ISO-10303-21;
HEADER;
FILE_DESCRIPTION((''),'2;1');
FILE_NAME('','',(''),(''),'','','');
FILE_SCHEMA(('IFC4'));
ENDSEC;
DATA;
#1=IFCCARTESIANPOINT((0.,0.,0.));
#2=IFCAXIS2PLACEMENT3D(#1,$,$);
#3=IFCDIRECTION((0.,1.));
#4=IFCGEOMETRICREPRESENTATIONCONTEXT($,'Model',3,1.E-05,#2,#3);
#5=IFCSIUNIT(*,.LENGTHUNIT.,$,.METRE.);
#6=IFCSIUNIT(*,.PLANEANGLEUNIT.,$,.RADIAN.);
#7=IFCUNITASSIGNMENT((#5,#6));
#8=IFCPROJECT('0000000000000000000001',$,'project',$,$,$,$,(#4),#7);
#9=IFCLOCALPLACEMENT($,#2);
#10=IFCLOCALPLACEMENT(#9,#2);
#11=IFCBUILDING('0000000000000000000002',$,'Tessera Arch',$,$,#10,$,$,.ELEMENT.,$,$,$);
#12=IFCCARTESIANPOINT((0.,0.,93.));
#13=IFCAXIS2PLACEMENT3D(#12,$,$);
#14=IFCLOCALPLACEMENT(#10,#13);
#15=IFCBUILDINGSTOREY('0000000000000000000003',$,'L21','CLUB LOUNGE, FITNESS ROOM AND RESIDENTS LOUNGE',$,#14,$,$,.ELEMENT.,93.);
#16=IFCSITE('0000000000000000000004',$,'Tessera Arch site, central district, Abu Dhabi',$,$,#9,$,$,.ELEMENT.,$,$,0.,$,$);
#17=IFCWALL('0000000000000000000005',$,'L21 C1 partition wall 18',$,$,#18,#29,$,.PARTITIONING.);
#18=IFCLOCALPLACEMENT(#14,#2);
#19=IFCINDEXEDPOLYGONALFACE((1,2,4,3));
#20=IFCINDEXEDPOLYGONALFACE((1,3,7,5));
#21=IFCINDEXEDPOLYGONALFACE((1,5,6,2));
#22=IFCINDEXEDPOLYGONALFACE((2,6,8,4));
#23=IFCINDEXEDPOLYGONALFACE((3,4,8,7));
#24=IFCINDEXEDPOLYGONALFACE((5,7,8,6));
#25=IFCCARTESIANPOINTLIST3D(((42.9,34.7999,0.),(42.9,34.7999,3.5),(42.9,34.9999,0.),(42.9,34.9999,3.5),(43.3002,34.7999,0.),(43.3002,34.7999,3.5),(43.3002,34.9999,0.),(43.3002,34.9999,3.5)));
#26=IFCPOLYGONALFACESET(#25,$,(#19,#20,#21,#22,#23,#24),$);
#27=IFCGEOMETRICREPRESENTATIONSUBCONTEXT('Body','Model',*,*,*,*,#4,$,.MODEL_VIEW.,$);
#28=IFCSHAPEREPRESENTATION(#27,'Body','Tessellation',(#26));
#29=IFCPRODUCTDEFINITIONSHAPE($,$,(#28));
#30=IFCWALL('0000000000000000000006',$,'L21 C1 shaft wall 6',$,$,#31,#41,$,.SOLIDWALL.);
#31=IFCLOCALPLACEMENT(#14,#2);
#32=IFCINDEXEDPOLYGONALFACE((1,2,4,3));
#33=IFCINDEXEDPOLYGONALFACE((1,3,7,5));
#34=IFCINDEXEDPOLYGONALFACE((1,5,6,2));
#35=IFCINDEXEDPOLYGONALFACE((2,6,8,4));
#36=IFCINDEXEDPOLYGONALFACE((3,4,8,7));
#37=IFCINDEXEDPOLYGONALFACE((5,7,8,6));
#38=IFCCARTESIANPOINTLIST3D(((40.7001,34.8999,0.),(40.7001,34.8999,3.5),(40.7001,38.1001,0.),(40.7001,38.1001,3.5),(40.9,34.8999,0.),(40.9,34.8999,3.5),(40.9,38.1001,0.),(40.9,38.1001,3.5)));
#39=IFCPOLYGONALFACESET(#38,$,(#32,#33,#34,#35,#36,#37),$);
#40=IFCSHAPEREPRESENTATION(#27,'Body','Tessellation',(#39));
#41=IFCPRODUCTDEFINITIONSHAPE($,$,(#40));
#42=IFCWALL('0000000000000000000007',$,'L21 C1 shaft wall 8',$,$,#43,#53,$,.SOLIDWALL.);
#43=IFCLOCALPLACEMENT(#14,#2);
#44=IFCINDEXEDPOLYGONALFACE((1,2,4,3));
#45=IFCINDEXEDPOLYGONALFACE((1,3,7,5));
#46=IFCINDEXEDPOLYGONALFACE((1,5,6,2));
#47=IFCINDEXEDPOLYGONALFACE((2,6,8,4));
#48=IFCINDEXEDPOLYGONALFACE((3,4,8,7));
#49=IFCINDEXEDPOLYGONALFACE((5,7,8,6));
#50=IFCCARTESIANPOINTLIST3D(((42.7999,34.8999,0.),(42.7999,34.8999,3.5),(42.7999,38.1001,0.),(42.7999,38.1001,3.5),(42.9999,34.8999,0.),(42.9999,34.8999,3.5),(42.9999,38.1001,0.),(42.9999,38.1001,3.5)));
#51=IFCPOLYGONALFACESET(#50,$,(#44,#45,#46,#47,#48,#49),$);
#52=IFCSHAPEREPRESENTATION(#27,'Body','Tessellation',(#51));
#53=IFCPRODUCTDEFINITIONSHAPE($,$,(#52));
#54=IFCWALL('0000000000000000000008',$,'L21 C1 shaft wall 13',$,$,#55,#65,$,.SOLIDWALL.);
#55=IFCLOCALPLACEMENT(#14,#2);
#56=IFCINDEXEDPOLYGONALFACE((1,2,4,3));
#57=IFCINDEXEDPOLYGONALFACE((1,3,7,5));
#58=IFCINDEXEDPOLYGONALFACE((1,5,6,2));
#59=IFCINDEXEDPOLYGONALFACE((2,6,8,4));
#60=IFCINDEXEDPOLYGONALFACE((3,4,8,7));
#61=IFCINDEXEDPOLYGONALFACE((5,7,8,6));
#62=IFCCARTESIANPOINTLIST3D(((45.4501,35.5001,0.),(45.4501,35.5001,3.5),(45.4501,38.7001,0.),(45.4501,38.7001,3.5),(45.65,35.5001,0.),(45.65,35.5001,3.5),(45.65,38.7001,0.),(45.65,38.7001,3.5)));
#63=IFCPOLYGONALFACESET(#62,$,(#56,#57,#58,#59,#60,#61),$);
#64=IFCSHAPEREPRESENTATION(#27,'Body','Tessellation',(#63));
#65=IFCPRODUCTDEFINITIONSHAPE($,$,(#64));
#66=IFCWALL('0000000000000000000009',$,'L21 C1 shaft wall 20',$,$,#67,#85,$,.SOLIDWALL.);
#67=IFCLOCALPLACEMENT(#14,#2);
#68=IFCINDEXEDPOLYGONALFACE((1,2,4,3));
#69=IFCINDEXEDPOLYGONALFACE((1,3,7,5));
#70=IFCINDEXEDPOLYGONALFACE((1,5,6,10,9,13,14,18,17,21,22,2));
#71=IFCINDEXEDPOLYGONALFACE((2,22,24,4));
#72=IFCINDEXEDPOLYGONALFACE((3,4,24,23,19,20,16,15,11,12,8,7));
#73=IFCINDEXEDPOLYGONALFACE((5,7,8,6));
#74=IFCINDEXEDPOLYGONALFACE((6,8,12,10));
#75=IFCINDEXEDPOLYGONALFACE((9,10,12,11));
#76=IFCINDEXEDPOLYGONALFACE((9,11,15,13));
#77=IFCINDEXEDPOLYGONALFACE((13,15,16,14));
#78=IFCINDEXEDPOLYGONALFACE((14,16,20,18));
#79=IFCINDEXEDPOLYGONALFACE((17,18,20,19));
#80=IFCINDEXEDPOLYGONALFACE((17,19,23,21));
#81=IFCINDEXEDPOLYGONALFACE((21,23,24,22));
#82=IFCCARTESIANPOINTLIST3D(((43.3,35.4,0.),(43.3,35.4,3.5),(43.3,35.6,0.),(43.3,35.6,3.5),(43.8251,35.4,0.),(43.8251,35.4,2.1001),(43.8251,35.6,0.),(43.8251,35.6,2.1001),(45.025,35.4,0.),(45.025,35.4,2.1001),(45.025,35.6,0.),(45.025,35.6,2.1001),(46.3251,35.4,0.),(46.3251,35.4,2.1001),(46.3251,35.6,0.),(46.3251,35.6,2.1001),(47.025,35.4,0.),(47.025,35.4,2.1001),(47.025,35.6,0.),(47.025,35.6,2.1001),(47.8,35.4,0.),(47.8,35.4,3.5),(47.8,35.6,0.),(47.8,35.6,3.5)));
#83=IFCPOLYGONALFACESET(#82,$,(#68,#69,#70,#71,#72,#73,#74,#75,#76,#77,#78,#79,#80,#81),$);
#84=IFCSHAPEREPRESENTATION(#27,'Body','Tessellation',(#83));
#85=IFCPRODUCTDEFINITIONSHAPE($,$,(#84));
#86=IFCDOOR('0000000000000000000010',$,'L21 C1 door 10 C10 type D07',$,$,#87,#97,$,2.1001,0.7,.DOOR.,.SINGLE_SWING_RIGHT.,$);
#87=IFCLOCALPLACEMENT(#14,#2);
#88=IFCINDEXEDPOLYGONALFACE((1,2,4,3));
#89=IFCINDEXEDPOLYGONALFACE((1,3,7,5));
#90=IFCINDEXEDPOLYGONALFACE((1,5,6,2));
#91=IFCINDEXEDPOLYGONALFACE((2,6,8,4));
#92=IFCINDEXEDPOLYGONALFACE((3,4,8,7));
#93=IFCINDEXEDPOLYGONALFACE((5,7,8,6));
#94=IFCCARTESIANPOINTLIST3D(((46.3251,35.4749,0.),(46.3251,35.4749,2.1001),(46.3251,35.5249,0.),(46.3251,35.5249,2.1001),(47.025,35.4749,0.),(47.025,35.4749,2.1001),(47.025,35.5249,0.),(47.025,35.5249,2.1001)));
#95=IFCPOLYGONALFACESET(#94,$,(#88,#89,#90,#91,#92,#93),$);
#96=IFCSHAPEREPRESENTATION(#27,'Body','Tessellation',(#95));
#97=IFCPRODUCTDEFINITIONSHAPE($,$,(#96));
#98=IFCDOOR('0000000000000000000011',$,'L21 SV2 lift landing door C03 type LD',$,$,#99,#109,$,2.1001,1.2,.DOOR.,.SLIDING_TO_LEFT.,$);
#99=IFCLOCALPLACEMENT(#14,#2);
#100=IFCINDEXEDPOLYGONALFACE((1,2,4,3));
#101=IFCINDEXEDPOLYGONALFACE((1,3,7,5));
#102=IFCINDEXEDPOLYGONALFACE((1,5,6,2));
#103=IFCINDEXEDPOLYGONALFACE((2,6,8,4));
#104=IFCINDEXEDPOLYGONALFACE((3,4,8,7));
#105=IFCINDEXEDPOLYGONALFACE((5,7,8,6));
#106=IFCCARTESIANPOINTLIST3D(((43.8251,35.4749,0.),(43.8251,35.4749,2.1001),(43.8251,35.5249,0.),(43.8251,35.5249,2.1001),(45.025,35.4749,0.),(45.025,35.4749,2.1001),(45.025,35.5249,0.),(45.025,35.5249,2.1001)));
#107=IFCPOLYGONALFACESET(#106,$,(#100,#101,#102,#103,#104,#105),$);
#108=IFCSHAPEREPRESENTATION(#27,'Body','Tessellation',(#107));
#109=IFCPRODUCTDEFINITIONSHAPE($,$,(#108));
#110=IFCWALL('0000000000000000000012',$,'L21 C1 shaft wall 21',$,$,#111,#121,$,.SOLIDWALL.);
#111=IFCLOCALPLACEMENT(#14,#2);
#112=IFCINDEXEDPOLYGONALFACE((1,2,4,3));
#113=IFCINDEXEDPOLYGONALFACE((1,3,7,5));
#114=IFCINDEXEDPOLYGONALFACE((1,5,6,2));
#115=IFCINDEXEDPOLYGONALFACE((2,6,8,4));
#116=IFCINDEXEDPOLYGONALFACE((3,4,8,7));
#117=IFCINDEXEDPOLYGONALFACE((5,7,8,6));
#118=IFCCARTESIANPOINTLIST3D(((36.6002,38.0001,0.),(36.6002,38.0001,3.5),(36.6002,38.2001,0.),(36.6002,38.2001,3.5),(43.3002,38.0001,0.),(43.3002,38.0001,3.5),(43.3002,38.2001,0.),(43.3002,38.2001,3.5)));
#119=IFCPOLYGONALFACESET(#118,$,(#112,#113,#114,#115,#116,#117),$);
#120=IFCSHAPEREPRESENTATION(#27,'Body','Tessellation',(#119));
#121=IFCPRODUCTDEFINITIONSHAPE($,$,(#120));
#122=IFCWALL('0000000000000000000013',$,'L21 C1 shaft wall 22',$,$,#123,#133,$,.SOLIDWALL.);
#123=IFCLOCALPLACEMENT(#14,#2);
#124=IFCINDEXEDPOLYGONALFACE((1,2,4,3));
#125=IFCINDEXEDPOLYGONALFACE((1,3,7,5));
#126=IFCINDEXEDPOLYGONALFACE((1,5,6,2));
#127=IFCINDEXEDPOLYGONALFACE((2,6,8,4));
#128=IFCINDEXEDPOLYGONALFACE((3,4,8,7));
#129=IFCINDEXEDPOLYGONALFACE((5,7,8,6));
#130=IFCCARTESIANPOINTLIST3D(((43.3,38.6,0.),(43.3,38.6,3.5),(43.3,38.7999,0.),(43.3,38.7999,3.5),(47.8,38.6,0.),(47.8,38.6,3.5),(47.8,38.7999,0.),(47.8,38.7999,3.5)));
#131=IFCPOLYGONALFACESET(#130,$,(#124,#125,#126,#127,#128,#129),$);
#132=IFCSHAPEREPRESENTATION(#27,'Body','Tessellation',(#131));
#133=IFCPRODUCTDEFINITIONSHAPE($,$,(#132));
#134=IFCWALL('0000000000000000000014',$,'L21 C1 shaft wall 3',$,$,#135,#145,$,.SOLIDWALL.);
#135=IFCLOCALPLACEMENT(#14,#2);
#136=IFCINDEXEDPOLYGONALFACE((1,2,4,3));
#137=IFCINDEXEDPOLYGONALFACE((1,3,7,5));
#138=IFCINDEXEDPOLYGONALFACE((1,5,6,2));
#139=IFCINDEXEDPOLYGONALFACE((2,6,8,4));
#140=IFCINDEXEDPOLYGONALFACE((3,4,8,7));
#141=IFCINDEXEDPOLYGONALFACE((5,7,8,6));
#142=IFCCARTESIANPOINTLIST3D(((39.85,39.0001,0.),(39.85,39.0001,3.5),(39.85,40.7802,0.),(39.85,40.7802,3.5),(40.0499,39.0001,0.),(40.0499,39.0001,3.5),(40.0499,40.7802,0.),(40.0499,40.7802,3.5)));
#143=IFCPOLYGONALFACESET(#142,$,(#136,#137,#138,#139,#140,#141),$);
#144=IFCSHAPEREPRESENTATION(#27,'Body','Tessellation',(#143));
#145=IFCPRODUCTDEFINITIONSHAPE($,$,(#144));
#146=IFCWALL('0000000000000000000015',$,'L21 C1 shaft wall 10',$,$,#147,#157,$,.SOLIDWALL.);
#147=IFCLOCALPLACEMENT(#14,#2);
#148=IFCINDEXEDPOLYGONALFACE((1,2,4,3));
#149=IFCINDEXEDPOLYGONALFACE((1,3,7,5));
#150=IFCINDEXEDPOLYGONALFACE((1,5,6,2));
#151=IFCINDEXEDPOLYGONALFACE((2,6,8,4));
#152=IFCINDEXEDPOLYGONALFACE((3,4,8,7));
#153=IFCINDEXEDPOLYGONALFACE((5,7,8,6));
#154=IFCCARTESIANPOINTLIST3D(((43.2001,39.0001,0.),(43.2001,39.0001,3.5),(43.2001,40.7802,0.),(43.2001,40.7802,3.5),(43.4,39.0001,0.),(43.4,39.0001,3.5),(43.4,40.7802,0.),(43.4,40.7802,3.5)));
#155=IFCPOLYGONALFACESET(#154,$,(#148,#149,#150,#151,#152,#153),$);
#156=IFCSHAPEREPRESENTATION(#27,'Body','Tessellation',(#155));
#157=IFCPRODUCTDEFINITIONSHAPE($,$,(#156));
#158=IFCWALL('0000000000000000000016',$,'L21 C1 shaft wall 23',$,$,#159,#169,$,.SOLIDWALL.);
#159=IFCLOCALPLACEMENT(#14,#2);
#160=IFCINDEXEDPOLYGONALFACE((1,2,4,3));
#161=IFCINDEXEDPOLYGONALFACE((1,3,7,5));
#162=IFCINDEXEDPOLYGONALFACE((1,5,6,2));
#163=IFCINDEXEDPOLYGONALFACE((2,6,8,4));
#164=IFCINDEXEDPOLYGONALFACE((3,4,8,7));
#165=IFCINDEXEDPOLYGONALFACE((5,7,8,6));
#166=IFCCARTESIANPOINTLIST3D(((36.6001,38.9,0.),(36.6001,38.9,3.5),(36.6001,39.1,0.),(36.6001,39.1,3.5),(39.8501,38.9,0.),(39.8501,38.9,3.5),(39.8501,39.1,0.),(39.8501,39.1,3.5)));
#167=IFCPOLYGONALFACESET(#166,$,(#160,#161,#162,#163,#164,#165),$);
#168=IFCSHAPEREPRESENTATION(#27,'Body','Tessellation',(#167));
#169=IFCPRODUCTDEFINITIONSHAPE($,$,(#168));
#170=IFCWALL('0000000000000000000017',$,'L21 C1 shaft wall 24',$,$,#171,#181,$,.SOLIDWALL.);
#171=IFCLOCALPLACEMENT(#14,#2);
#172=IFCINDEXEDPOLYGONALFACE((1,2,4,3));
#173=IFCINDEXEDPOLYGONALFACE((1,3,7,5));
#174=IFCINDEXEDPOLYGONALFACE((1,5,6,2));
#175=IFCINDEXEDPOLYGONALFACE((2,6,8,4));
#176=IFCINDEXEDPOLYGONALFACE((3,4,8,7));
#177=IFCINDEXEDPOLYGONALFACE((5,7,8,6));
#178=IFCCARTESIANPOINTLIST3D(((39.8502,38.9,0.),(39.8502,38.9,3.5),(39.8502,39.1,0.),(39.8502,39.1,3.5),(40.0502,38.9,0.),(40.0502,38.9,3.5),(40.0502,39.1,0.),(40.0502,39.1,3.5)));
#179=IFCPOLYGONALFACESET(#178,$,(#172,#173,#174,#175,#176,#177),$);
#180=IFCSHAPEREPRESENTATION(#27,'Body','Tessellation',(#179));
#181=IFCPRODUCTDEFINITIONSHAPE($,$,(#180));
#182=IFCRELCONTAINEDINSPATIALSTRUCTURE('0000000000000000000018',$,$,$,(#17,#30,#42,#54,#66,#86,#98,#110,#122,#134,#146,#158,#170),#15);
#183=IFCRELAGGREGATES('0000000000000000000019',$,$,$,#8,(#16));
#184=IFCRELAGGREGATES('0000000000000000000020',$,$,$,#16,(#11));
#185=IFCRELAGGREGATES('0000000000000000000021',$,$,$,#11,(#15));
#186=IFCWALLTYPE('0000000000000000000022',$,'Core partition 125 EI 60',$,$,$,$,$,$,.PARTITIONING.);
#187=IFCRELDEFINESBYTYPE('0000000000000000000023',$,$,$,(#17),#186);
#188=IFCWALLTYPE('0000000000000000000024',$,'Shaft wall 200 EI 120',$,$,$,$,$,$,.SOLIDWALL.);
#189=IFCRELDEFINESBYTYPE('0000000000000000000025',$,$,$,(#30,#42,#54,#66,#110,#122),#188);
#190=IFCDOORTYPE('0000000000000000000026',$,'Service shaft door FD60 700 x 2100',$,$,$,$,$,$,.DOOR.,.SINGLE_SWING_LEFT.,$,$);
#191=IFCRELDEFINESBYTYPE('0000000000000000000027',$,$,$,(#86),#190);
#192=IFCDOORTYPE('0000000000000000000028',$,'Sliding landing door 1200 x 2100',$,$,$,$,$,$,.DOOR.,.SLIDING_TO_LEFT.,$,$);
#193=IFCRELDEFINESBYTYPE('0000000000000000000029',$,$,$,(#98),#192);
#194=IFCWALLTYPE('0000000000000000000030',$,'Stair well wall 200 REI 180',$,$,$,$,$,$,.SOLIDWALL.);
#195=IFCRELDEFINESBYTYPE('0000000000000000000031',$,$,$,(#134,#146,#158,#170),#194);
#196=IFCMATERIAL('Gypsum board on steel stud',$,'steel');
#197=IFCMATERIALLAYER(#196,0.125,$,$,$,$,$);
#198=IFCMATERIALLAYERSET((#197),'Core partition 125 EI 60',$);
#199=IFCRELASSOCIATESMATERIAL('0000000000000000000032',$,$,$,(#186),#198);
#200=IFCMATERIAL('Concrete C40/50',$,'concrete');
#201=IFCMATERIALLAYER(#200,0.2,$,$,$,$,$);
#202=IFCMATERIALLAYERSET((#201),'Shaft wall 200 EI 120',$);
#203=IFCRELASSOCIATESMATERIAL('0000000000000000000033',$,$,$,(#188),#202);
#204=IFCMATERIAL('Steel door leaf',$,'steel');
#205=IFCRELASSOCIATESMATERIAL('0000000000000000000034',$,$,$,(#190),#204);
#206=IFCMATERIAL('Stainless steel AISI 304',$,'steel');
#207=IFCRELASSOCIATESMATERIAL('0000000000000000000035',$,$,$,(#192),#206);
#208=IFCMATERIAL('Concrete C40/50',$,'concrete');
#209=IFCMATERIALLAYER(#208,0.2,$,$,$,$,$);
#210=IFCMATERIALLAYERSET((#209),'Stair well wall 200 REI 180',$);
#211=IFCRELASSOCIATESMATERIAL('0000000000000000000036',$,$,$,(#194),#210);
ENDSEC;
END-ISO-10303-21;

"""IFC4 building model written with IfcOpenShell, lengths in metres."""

from ifc_helpers import new_model, si_unit, direction, frame, frame_2d, origin, place, context, subcontext, project, spatial, rectangle, extrude, material, layer, layer_set, type_object, element, fill, save


model = new_model("IFC4")

# Units and contexts
model_context = context("Model", 3, precision=1e-05, world=origin(), true_north=direction((0.0, 1.0)))
body_context = subcontext(model_context, "Body", "Model", "MODEL_VIEW")
ifc_project = project(units=[si_unit("LENGTHUNIT", "METRE"), si_unit("PLANEANGLEUNIT", "RADIAN")], contexts=[model_context])

# Site, building, storey
site_placement = place(None, origin())
site = spatial("IfcSite", under=ifc_project, at=site_placement, Name="Tessera Arch site, central district, Abu Dhabi", CompositionType="ELEMENT", RefElevation=0.0)
building_placement = place(site_placement, origin())
building = spatial("IfcBuilding", under=site, at=building_placement, Name="Tessera Arch", CompositionType="ELEMENT")
storey_placement = place(building_placement, frame((0.0, 0.0, 93.0)))
storey = spatial("IfcBuildingStorey", under=building, at=storey_placement, Name="L21", Description="CLUB LOUNGE, FITNESS ROOM AND RESIDENTS LOUNGE", CompositionType="ELEMENT", Elevation=93.0)

# Walls
ifc_material_1 = material(Name="Gypsum board on steel stud", Category="steel")
ifc_layer_1 = layer(ifc_material_1, 0.125)
ifc_layer_set_1 = layer_set([ifc_layer_1], Name="Core partition 125 EI 60")
wall_type_1 = type_object("IfcWallType", Name="Core partition 125 EI 60", PredefinedType="PARTITIONING", material=ifc_layer_set_1)
wall_1_placement = place(storey_placement, frame((42.8999, 34.8999, 0.0), z_axis=(0.0, 0.0, 1.0), x_axis=(1.0, 0.0, 0.0)))
element("IfcWall", 1, at=wall_1_placement, inside=storey, type_object=wall_type_1, Name="L21 C1 partition wall 18", PredefinedType="PARTITIONING", context=body_context, shape_type="SweptSolid", body=[
    extrude(rectangle(XDim=0.4001, YDim=0.2, at=frame_2d((0.2002, 0.0))), origin(), (0.0, 0.0, 1.0), 3.5),
])
ifc_material_2 = material(Name="Concrete C40/50", Category="concrete")
ifc_layer_2 = layer(ifc_material_2, 0.2)
ifc_layer_set_2 = layer_set([ifc_layer_2], Name="Shaft wall 200 EI 120")
wall_type_2 = type_object("IfcWallType", Name="Shaft wall 200 EI 120", PredefinedType="SOLIDWALL", material=ifc_layer_set_2)
for number, where, z_axis, x_axis, name in (
    (2, (40.8, 34.8999, 0.0), (0.0, 0.0, 1.0), (0.0, 1.0, 0.0), "L21 C1 shaft wall 6"),
    (3, (42.8999, 34.8999, 0.0), (0.0, 0.0, 1.0), (0.0, 1.0, 0.0), "L21 C1 shaft wall 8"),
):
    element("IfcWall", number, at=place(storey_placement, frame(where, z_axis=z_axis, x_axis=x_axis)), inside=storey, type_object=wall_type_2, Name=name, PredefinedType="SOLIDWALL", context=body_context, shape_type="SweptSolid", body=[
        extrude(rectangle(XDim=3.2002, YDim=0.2, at=frame_2d((1.6001, 0.0))), origin(), (0.0, 0.0, 1.0), 3.5),
    ])
wall_2_placement = place(storey_placement, frame((45.55, 35.5, 0.0), z_axis=(0.0, 0.0, 1.0), x_axis=(0.0, 1.0, 0.0)))
element("IfcWall", 4, at=wall_2_placement, inside=storey, type_object=wall_type_2, Name="L21 C1 shaft wall 13", PredefinedType="SOLIDWALL", context=body_context, shape_type="SweptSolid", body=[
    extrude(rectangle(XDim=3.2, YDim=0.2, at=frame_2d((1.6001, 0.0))), origin(), (0.0, 0.0, 1.0), 3.5),
])

# Wall, openings, doors
wall_3_placement = place(storey_placement, frame((43.3, 35.5, 0.0), z_axis=(0.0, 0.0, 1.0), x_axis=(1.0, 0.0, 0.0)))
wall_3 = element("IfcWall", 5, at=wall_3_placement, inside=storey, type_object=wall_type_2, Name="L21 C1 shaft wall 20", PredefinedType="SOLIDWALL", context=body_context, shape_type="SweptSolid", body=[
    extrude(rectangle(XDim=4.5, YDim=0.2, at=frame_2d((2.25, 0.0))), origin(), (0.0, 0.0, 1.0), 3.5),
])
opening_1_placement = place(wall_3_placement, frame((0.5249, 0.0, 0.0)))
opening_1 = element("IfcOpeningElement", 6, at=opening_1_placement, cuts=wall_3, PredefinedType="OPENING", context=body_context, shape_type="SweptSolid", body=[
    extrude(rectangle(XDim=1.2, YDim=2.1001, at=frame_2d((0.6001, 1.05))), frame((0.0, 0.1099, 0.0), z_axis=(0.0, -1.0, 0.0), x_axis=(1.0, 0.0, 0.0)), (0.0, 0.0, 1.0), 0.22),
])
opening_2_placement = place(wall_3_placement, frame((3.0249, 0.0, 0.0)))
opening_2 = element("IfcOpeningElement", 7, at=opening_2_placement, cuts=wall_3, PredefinedType="OPENING", context=body_context, shape_type="SweptSolid", body=[
    extrude(rectangle(XDim=0.7, YDim=2.1001, at=frame_2d((0.3501, 1.05))), frame((0.0, 0.1099, 0.0), z_axis=(0.0, -1.0, 0.0), x_axis=(1.0, 0.0, 0.0)), (0.0, 0.0, 1.0), 0.22),
])
ifc_material_3 = material(Name="Steel door leaf", Category="steel")
door_type_1 = type_object("IfcDoorType", Name="Service shaft door FD60 700 x 2100", OperationType="SINGLE_SWING_LEFT", PredefinedType="DOOR", material=ifc_material_3)
door_1_placement = place(opening_2_placement, origin())
door_1 = element("IfcDoor", 8, at=door_1_placement, inside=storey, type_object=door_type_1, Name="L21 C1 door 10 C10 type D07", OperationType="SINGLE_SWING_RIGHT", OverallHeight=2.1001, OverallWidth=0.7, PredefinedType="DOOR", context=body_context, shape_type="SweptSolid", body=[
    extrude(rectangle(XDim=0.7, YDim=2.1001, at=frame_2d((0.3501, 1.05))), frame((0.0, 0.0249, 0.0), z_axis=(0.0, -1.0, 0.0), x_axis=(1.0, 0.0, 0.0)), (0.0, 0.0, 1.0), 0.05),
])
fill(opening_2, door_1)
ifc_material_4 = material(Name="Stainless steel AISI 304", Category="steel")
door_type_2 = type_object("IfcDoorType", Name="Sliding landing door 1200 x 2100", OperationType="SLIDING_TO_LEFT", PredefinedType="DOOR", material=ifc_material_4)
door_2_placement = place(opening_1_placement, origin())
door_2 = element("IfcDoor", 9, at=door_2_placement, inside=storey, type_object=door_type_2, Name="L21 SV2 lift landing door C03 type LD", OperationType="SLIDING_TO_LEFT", OverallHeight=2.1001, OverallWidth=1.2, PredefinedType="DOOR", context=body_context, shape_type="SweptSolid", body=[
    extrude(rectangle(XDim=1.2, YDim=2.1001, at=frame_2d((0.6001, 1.05))), frame((0.0, 0.0249, 0.0), z_axis=(0.0, -1.0, 0.0), x_axis=(1.0, 0.0, 0.0)), (0.0, 0.0, 1.0), 0.05),
])
fill(opening_1, door_2)

# Walls
wall_4_placement = place(storey_placement, frame((36.6001, 38.1001, 0.0), z_axis=(0.0, 0.0, 1.0), x_axis=(1.0, 0.0, 0.0)))
element("IfcWall", 10, at=wall_4_placement, inside=storey, type_object=wall_type_2, Name="L21 C1 shaft wall 21", PredefinedType="SOLIDWALL", context=body_context, shape_type="SweptSolid", body=[
    extrude(rectangle(XDim=6.7, YDim=0.2, at=frame_2d((3.3501, 0.0))), origin(), (0.0, 0.0, 1.0), 3.5),
])
wall_5_placement = place(storey_placement, frame((43.3, 38.7, 0.0), z_axis=(0.0, 0.0, 1.0), x_axis=(1.0, 0.0, 0.0)))
element("IfcWall", 11, at=wall_5_placement, inside=storey, type_object=wall_type_2, Name="L21 C1 shaft wall 22", PredefinedType="SOLIDWALL", context=body_context, shape_type="SweptSolid", body=[
    extrude(rectangle(XDim=4.5, YDim=0.2, at=frame_2d((2.25, 0.0))), origin(), (0.0, 0.0, 1.0), 3.5),
])
ifc_material_5 = material(Name="Concrete C40/50", Category="concrete")
ifc_layer_3 = layer(ifc_material_5, 0.2)
ifc_layer_set_3 = layer_set([ifc_layer_3], Name="Stair well wall 200 REI 180")
wall_type_3 = type_object("IfcWallType", Name="Stair well wall 200 REI 180", PredefinedType="SOLIDWALL", material=ifc_layer_set_3)
for number, where, z_axis, x_axis, name in (
    (12, (39.95, 39.0, 0.0), (0.0, 0.0, 1.0), (0.0, 1.0, 0.0), "L21 C1 shaft wall 3"),
    (13, (43.3, 39.0, 0.0), (0.0, 0.0, 1.0), (0.0, 1.0, 0.0), "L21 C1 shaft wall 10"),
):
    element("IfcWall", number, at=place(storey_placement, frame(where, z_axis=z_axis, x_axis=x_axis)), inside=storey, type_object=wall_type_3, Name=name, PredefinedType="SOLIDWALL", context=body_context, shape_type="SweptSolid", body=[
        extrude(rectangle(XDim=1.78, YDim=0.2, at=frame_2d((0.8901, 0.0))), origin(), (0.0, 0.0, 1.0), 3.5),
    ])
wall_6_placement = place(storey_placement, frame((36.6001, 39.0, 0.0), z_axis=(0.0, 0.0, 1.0), x_axis=(1.0, 0.0, 0.0)))
element("IfcWall", 14, at=wall_6_placement, inside=storey, type_object=wall_type_3, Name="L21 C1 shaft wall 23", PredefinedType="SOLIDWALL", context=body_context, shape_type="SweptSolid", body=[
    extrude(rectangle(XDim=3.25, YDim=0.2, at=frame_2d((1.625, 0.0))), origin(), (0.0, 0.0, 1.0), 3.5),
])
wall_7_placement = place(storey_placement, frame((39.8501, 39.0, 0.0), z_axis=(0.0, 0.0, 1.0), x_axis=(1.0, 0.0, 0.0)))
element("IfcWall", 15, at=wall_7_placement, inside=storey, type_object=wall_type_3, Name="L21 C1 shaft wall 24", PredefinedType="SOLIDWALL", context=body_context, shape_type="SweptSolid", body=[
    extrude(rectangle(XDim=0.2, YDim=0.2, at=frame_2d((0.1001, 0.0))), origin(), (0.0, 0.0, 1.0), 3.5),
])

save(model, "model.ifc")
